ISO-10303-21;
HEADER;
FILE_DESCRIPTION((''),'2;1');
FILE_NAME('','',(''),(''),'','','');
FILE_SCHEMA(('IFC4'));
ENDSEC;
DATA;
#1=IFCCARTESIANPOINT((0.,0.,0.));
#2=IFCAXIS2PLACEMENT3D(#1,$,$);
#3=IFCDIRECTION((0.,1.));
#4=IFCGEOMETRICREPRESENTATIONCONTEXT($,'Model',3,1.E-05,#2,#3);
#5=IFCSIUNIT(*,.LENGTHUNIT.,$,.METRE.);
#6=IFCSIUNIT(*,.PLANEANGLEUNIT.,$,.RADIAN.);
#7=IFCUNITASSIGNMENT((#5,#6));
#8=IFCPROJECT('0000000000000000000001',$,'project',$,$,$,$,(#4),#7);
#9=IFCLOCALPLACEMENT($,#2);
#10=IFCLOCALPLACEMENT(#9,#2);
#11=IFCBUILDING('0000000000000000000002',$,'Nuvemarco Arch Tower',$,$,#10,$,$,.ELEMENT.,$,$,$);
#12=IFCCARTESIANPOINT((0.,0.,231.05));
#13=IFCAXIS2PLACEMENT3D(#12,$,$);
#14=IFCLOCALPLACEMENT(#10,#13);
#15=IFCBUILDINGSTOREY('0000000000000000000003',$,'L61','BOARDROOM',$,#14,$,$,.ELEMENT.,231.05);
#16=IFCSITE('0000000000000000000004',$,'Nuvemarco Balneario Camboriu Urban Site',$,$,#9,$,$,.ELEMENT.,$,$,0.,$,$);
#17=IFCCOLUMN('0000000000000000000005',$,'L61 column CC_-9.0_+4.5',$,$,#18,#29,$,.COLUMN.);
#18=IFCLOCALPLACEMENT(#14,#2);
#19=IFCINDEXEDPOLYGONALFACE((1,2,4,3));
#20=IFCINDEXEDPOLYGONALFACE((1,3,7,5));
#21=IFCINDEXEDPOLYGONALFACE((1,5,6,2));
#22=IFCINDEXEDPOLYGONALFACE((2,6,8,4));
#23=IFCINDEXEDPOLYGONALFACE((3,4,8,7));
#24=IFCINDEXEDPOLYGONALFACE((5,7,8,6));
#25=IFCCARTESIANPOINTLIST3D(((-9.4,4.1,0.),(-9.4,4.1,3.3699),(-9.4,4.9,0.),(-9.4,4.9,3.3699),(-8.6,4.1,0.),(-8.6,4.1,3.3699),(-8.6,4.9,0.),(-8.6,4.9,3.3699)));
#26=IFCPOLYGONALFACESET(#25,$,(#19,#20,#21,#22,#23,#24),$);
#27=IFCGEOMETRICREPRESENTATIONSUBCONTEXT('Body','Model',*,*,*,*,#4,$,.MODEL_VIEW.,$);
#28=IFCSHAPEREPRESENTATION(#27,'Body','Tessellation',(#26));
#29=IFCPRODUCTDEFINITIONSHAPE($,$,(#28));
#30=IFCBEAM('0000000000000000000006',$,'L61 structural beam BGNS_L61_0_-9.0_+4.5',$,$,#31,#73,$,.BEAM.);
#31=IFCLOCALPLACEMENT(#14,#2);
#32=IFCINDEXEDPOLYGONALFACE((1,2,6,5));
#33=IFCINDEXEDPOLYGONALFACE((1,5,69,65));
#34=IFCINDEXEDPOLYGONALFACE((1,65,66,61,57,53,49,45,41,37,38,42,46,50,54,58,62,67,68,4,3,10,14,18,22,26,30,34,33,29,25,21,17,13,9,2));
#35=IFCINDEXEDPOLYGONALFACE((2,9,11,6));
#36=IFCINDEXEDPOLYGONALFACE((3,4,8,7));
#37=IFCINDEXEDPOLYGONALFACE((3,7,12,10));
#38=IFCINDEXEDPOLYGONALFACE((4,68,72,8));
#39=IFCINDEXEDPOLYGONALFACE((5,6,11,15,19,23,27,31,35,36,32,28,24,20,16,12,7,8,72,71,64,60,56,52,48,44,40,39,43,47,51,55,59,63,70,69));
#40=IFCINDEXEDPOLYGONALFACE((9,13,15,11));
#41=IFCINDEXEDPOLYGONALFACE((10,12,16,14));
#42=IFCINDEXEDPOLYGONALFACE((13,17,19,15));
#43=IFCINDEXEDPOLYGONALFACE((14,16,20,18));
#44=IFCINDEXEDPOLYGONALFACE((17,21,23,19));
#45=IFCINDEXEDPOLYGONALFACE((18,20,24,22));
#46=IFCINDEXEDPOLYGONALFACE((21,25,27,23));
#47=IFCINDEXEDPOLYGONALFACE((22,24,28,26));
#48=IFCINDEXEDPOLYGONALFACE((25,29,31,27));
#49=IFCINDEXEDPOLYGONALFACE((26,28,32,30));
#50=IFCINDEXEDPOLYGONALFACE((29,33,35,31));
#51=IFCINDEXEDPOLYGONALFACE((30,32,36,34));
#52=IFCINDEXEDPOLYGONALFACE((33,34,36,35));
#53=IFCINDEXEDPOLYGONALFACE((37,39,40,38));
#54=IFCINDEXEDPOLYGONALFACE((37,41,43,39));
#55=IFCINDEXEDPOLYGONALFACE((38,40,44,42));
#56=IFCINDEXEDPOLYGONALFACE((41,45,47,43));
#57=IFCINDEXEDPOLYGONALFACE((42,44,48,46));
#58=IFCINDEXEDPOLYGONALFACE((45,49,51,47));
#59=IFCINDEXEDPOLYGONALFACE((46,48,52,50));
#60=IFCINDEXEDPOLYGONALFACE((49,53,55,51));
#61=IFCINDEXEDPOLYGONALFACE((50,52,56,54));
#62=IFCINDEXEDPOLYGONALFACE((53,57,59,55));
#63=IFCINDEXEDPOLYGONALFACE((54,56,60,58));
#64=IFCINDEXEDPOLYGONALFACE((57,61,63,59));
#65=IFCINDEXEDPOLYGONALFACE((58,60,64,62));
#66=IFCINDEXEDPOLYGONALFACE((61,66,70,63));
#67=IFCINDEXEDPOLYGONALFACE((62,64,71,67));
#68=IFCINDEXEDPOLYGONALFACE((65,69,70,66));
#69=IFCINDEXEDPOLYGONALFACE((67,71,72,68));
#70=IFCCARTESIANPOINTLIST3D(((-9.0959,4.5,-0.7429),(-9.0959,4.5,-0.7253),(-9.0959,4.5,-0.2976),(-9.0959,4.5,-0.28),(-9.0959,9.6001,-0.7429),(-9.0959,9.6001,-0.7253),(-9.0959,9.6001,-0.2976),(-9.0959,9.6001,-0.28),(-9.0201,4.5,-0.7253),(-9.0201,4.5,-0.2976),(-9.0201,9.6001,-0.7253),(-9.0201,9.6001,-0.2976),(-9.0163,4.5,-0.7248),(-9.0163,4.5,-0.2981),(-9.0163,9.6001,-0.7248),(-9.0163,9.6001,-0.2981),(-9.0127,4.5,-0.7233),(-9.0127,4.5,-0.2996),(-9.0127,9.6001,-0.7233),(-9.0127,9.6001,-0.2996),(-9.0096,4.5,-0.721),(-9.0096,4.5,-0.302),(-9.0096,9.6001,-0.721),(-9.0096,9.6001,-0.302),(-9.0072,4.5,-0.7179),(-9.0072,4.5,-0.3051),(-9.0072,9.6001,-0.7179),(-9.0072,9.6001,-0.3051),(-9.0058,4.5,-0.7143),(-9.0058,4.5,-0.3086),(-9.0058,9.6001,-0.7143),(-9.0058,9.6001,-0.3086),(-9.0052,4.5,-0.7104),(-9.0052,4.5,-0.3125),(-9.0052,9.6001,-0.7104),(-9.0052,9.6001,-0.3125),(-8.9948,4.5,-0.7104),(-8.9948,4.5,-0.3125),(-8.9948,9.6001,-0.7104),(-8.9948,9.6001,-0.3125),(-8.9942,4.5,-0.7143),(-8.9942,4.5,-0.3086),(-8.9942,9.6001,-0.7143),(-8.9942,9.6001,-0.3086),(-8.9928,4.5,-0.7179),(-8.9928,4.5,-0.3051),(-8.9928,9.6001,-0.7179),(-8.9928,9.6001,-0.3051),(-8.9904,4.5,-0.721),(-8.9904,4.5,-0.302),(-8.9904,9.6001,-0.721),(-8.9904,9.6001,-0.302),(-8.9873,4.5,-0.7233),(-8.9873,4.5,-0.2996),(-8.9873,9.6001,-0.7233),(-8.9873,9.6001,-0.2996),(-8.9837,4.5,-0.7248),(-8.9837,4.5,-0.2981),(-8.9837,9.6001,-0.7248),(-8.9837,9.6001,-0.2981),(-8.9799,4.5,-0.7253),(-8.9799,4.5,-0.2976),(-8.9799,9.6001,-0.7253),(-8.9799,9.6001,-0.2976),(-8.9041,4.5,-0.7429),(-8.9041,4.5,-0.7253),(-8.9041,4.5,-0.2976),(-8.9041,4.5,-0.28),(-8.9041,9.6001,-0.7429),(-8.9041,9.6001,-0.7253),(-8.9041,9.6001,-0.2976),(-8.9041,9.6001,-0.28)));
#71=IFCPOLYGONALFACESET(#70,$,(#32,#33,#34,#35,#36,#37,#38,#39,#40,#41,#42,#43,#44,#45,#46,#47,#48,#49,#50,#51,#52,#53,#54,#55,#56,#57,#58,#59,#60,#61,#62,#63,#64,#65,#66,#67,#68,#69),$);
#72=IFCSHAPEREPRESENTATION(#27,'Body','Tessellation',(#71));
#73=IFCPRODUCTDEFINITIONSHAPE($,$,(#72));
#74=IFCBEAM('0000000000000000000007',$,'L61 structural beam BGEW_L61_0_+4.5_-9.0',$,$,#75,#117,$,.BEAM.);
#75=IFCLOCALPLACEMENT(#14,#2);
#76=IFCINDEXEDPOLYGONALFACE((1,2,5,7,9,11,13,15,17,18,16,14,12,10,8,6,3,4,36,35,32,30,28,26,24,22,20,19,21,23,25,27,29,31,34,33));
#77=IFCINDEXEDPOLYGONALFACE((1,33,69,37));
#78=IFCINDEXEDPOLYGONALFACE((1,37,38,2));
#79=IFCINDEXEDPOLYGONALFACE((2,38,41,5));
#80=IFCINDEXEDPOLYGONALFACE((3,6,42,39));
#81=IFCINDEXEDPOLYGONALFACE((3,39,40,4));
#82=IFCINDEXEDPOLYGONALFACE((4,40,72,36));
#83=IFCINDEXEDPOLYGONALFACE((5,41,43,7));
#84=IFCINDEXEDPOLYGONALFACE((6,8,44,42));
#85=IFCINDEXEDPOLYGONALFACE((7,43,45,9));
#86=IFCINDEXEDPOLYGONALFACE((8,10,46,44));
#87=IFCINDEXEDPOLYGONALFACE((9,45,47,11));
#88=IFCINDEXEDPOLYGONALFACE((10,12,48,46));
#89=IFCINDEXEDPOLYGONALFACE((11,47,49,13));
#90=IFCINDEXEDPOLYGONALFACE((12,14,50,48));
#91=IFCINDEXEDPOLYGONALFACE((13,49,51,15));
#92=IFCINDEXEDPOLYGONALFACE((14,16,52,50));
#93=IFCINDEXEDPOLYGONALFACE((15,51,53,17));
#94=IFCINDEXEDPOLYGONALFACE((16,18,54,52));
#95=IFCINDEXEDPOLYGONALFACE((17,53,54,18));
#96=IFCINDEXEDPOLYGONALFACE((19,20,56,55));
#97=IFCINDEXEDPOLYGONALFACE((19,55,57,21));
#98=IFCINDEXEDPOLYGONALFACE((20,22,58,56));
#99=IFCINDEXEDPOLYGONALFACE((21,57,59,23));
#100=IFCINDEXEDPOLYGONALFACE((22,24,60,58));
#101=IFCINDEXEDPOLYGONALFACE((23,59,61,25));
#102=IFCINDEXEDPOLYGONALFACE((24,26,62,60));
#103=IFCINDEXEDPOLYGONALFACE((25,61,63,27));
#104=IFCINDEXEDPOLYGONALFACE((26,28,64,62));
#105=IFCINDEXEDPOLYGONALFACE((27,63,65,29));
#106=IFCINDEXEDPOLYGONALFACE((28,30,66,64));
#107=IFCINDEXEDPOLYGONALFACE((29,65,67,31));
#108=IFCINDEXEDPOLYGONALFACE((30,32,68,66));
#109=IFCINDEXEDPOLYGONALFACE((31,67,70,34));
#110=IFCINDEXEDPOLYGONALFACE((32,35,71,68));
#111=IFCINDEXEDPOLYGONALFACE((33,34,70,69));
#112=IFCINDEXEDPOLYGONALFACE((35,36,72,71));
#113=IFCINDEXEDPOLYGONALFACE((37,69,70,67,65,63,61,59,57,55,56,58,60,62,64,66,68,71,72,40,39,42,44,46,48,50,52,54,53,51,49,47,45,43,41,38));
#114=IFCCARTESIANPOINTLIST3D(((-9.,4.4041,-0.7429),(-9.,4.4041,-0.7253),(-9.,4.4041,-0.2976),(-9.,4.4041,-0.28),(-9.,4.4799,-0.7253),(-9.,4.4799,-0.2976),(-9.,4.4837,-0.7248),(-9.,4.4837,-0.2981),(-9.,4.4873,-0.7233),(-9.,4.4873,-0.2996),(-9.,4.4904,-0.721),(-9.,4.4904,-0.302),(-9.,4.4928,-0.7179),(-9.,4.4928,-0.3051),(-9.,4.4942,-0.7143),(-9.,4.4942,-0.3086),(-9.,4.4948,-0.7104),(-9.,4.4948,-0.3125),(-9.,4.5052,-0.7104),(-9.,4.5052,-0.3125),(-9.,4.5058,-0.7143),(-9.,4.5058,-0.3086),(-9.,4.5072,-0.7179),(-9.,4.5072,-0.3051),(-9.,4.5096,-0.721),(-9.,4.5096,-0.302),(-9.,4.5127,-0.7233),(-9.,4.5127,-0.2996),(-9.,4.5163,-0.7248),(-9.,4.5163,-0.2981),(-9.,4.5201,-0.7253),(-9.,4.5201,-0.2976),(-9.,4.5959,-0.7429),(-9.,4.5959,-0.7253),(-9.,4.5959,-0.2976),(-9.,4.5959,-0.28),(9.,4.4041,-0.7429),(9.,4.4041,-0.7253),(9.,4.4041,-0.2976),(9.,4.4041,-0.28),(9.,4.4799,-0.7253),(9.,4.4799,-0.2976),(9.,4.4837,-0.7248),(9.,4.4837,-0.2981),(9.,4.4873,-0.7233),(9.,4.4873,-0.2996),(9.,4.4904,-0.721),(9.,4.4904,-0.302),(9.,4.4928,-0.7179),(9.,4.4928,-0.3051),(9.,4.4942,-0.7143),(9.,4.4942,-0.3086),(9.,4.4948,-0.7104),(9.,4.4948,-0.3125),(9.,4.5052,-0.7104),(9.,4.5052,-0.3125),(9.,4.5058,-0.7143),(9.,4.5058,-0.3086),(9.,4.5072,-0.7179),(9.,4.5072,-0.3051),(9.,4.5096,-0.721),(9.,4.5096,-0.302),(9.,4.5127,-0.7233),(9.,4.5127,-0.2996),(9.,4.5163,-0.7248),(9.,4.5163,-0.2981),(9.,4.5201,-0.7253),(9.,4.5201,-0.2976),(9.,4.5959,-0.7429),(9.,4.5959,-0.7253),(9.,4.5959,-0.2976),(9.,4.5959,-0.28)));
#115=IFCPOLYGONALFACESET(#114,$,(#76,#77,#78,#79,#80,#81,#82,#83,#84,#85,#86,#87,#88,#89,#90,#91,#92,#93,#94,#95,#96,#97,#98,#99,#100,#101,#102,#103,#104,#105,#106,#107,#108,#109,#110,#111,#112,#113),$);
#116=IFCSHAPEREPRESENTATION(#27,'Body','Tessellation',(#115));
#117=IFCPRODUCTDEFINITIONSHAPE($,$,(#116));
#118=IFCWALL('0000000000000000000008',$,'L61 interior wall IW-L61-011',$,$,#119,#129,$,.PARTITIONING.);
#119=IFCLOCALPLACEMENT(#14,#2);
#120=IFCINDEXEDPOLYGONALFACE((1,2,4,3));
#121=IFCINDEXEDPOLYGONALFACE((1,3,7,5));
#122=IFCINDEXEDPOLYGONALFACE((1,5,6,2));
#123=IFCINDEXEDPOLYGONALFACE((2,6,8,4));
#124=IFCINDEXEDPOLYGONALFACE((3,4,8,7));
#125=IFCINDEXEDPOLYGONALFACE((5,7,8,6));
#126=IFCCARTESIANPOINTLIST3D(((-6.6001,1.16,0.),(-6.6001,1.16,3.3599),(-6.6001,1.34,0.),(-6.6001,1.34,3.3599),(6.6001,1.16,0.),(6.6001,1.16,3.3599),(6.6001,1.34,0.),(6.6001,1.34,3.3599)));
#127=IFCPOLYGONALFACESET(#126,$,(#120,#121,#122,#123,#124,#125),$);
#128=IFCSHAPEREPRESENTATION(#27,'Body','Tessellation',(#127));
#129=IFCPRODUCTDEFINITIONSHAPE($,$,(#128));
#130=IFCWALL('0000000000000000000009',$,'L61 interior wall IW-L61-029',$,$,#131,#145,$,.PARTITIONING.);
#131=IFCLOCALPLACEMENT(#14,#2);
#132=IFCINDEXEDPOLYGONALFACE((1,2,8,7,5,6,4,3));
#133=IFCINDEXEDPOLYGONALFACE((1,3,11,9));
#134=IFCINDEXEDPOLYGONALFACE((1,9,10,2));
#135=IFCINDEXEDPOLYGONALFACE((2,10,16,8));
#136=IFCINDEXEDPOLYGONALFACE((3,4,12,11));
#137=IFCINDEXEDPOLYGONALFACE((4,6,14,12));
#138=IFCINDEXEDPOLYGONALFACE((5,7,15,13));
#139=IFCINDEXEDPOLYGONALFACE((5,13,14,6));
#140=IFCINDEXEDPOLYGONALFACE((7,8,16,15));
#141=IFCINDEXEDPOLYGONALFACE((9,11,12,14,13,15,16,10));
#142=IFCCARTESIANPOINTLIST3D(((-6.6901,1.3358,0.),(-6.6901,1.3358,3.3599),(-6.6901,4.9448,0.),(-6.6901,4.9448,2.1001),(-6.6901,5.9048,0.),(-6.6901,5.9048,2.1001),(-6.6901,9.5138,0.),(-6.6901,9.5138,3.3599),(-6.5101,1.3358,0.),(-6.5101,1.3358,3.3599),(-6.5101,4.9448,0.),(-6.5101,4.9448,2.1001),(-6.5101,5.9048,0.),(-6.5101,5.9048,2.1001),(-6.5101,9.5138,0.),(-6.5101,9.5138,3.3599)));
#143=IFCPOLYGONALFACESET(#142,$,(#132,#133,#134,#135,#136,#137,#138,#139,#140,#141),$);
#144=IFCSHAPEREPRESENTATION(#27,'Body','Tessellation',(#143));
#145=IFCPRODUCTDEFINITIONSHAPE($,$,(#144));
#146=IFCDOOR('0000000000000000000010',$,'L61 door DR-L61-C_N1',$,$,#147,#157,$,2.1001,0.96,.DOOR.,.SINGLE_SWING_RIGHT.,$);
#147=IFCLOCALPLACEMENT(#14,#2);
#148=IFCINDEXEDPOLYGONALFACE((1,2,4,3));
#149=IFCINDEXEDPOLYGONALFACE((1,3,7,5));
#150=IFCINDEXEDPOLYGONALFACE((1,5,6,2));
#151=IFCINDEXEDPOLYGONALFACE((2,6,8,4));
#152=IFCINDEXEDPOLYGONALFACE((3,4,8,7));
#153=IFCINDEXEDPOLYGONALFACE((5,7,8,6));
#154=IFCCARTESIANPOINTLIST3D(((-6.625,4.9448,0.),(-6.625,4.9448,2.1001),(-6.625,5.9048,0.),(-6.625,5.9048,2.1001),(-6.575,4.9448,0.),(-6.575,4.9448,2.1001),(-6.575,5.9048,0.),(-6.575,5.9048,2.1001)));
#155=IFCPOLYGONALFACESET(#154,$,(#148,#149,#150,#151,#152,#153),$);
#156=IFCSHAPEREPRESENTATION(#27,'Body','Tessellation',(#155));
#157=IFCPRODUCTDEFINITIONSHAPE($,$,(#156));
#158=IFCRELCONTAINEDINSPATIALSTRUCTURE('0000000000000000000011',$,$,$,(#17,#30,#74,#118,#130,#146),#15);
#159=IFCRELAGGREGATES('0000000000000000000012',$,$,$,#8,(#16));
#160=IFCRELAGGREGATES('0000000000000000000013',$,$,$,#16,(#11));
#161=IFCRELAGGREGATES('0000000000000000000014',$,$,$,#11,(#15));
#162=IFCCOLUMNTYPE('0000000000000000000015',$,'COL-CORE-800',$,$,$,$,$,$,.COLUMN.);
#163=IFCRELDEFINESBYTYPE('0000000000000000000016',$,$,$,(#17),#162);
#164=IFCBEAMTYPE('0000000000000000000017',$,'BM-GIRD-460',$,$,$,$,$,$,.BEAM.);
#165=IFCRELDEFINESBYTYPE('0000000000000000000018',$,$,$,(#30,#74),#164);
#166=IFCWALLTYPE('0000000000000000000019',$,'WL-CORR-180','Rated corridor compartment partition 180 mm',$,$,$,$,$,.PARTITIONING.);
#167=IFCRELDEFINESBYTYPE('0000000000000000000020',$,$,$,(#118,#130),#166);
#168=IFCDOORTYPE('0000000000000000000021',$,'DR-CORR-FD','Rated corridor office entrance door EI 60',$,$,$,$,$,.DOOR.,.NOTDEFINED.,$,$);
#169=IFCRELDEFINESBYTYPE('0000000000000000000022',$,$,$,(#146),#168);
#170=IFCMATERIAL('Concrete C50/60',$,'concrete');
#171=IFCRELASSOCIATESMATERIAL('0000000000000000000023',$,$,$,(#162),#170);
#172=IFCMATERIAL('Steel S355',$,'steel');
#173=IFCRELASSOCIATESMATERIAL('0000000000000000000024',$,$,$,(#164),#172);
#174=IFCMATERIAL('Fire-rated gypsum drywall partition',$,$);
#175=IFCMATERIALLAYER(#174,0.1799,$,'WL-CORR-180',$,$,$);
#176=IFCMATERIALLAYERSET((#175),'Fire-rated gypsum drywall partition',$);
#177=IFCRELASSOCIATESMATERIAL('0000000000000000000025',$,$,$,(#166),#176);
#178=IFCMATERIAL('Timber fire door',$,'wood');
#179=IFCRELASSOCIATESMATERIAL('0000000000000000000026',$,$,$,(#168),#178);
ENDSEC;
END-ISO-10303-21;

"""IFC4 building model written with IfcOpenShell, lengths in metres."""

from ifc_helpers import new_model, si_unit, direction, frame, frame_2d, origin, origin_2d, place, context, subcontext, project, spatial, rectangle, i_section, extrude, source, transform, mapped, material, layer, layer_set, material_profile, profile_set, type_object, type_shapes, element, fill, save


model = new_model("IFC4")

# Units and contexts
model_context = context("Model", 3, precision=1e-05, world=origin(), true_north=direction((0.0, 1.0)))
body_context = subcontext(model_context, "Body", "Model", "MODEL_VIEW")
ifc_project = project(units=[si_unit("LENGTHUNIT", "METRE"), si_unit("PLANEANGLEUNIT", "RADIAN")], contexts=[model_context])

# Site, building, storey
site_placement = place(None, origin())
site = spatial("IfcSite", under=ifc_project, at=site_placement, Name="Nuvemarco Balneario Camboriu Urban Site", CompositionType="ELEMENT", RefElevation=0.0)
building_placement = place(site_placement, origin())
building = spatial("IfcBuilding", under=site, at=building_placement, Name="Nuvemarco Arch Tower", CompositionType="ELEMENT")
storey_placement = place(building_placement, frame((0.0, 0.0, 231.05)))
storey = spatial("IfcBuildingStorey", under=building, at=storey_placement, Name="L61", Description="BOARDROOM", CompositionType="ELEMENT", Elevation=231.05)

# Column
ifc_material_1 = material(Name="Concrete C50/60", Category="concrete")
ifc_material_profile_1 = material_profile(ifc_material_1, rectangle(XDim=0.8, YDim=0.8, at=origin_2d()), Name="RC-COL-800x800")
ifc_profile_set_1 = profile_set([ifc_material_profile_1], Name="Concrete C50/60")
column_type = type_object("IfcColumnType", Name="COL-CORE-800", PredefinedType="COLUMN", material=ifc_profile_set_1)
column_placement = place(storey_placement, frame((-9.0, 4.5, 0.0), z_axis=(0.0, 0.0, 1.0), x_axis=(1.0, 0.0, 0.0)))
element("IfcColumn", 1, at=column_placement, inside=storey, type_object=column_type, Name="L61 column CC_-9.0_+4.5", PredefinedType="COLUMN", context=body_context, shape_type="SweptSolid", body=[
    extrude(rectangle(XDim=0.8, YDim=0.8, at=origin_2d()), origin(), (0.0, 0.0, 1.0), 3.3699),
])

# Beams
ifc_material_2 = material(Name="Steel S355", Category="steel")
ifc_material_profile_2 = material_profile(ifc_material_2, i_section(OverallWidth=0.1919, OverallDepth=0.4629, WebThickness=0.0105, FlangeThickness=0.0176, FilletRadius=0.0149, at=origin_2d()), Name="W460x89")
ifc_profile_set_2 = profile_set([ifc_material_profile_2], Name="Steel S355")
beam_type = type_object("IfcBeamType", Name="BM-GIRD-460", PredefinedType="BEAM", material=ifc_profile_set_2)
beam_1_placement = place(storey_placement, frame((-9.0, 4.5, -0.5115), z_axis=(0.0, 1.0, 0.0), x_axis=(-1.0, 0.0, 0.0)))
element("IfcBeam", 2, at=beam_1_placement, inside=storey, type_object=beam_type, Name="L61 structural beam BGNS_L61_0_-9.0_+4.5", PredefinedType="BEAM", context=body_context, shape_type="SweptSolid", body=[
    extrude(i_section(OverallWidth=0.1919, OverallDepth=0.4629, WebThickness=0.0105, FlangeThickness=0.0176, FilletRadius=0.0149, at=origin_2d()), origin(), (0.0, 0.0, 1.0), 5.1001),
])
beam_2_placement = place(storey_placement, frame((-9.0, 4.5, -0.5115), z_axis=(1.0, 0.0, 0.0), x_axis=(0.0, 1.0, 0.0)))
element("IfcBeam", 3, at=beam_2_placement, inside=storey, type_object=beam_type, Name="L61 structural beam BGEW_L61_0_+4.5_-9.0", PredefinedType="BEAM", context=body_context, shape_type="SweptSolid", body=[
    extrude(i_section(OverallWidth=0.1919, OverallDepth=0.4629, WebThickness=0.0105, FlangeThickness=0.0176, FilletRadius=0.0149, at=origin_2d()), origin(), (0.0, 0.0, 1.0), 18.0),
])

# Wall
ifc_material_3 = material(Name="Fire-rated gypsum drywall partition")
ifc_layer_1 = layer(ifc_material_3, 0.1799, Name="WL-CORR-180")
ifc_layer_set_1 = layer_set([ifc_layer_1], Name="Fire-rated gypsum drywall partition")
wall_type_1 = type_object("IfcWallType", Name="WL-CORR-180", Description="Rated corridor compartment partition 180 mm", PredefinedType="PARTITIONING", material=ifc_layer_set_1)
wall_1_placement = place(storey_placement, frame((-6.6001, 1.25, 0.0), z_axis=(0.0, 0.0, 1.0), x_axis=(1.0, 0.0, 0.0)))
element("IfcWall", 4, at=wall_1_placement, inside=storey, type_object=wall_type_1, Name="L61 interior wall IW-L61-011", PredefinedType="PARTITIONING", context=body_context, shape_type="SweptSolid", body=[
    extrude(rectangle(XDim=13.2002, YDim=0.1799, at=frame_2d((6.6001, 0.0))), origin(), (0.0, 0.0, 1.0), 3.3599),
])

# Wall, opening, door
wall_2_placement = place(storey_placement, frame((-6.6001, 1.3359, 0.0), z_axis=(0.0, 0.0, 1.0), x_axis=(0.0, 1.0, 0.0)))
wall_2 = element("IfcWall", 5, at=wall_2_placement, inside=storey, type_object=wall_type_1, Name="L61 interior wall IW-L61-029", PredefinedType="PARTITIONING", context=body_context, shape_type="SweptSolid", body=[
    extrude(rectangle(XDim=8.178, YDim=0.1799, at=frame_2d((4.0889, 0.0))), origin(), (0.0, 0.0, 1.0), 3.3599),
])
opening_1_placement = place(wall_2_placement, frame((3.6089, 0.0, 0.0)))
opening_1 = element("IfcOpeningElement", 6, at=opening_1_placement, cuts=wall_2, PredefinedType="OPENING", context=body_context, shape_type="SweptSolid", body=[
    extrude(rectangle(XDim=0.96, YDim=2.1001, at=frame_2d((0.48, 1.05))), frame((0.0, 0.0999, 0.0), z_axis=(0.0, -1.0, 0.0), x_axis=(1.0, 0.0, 0.0)), (0.0, 0.0, 1.0), 0.2),
])
ifc_material_4 = material(Name="Timber fire door", Category="wood")
door_type_1 = type_object("IfcDoorType", Name="DR-CORR-FD", Description="Rated corridor office entrance door EI 60", OperationType="NOTDEFINED", PredefinedType="DOOR", material=ifc_material_4)
shared_shape_1 = source(origin(), body_context, "Body", "SweptSolid", [
    extrude(rectangle(XDim=0.96, YDim=2.1001, at=frame_2d((0.48, 1.05))), frame((0.0, 0.0249, 0.0), z_axis=(0.0, -1.0, 0.0), x_axis=(1.0, 0.0, 0.0)), (0.0, 0.0, 1.0), 0.05),
])
type_shapes(door_type_1, [shared_shape_1])
door_1_placement = place(opening_1_placement, origin())
door_1 = element("IfcDoor", 7, at=door_1_placement, inside=storey, type_object=door_type_1, Name="L61 door DR-L61-C_N1", OperationType="SINGLE_SWING_RIGHT", OverallHeight=2.1001, OverallWidth=0.96, PredefinedType="DOOR", context=body_context, shape_type="MappedRepresentation", body=[
    mapped(shared_shape_1, transform((0.0, 0.0, 0.0), scale=1.0)),
])
fill(opening_1, door_1)

save(model, "model.ifc")
